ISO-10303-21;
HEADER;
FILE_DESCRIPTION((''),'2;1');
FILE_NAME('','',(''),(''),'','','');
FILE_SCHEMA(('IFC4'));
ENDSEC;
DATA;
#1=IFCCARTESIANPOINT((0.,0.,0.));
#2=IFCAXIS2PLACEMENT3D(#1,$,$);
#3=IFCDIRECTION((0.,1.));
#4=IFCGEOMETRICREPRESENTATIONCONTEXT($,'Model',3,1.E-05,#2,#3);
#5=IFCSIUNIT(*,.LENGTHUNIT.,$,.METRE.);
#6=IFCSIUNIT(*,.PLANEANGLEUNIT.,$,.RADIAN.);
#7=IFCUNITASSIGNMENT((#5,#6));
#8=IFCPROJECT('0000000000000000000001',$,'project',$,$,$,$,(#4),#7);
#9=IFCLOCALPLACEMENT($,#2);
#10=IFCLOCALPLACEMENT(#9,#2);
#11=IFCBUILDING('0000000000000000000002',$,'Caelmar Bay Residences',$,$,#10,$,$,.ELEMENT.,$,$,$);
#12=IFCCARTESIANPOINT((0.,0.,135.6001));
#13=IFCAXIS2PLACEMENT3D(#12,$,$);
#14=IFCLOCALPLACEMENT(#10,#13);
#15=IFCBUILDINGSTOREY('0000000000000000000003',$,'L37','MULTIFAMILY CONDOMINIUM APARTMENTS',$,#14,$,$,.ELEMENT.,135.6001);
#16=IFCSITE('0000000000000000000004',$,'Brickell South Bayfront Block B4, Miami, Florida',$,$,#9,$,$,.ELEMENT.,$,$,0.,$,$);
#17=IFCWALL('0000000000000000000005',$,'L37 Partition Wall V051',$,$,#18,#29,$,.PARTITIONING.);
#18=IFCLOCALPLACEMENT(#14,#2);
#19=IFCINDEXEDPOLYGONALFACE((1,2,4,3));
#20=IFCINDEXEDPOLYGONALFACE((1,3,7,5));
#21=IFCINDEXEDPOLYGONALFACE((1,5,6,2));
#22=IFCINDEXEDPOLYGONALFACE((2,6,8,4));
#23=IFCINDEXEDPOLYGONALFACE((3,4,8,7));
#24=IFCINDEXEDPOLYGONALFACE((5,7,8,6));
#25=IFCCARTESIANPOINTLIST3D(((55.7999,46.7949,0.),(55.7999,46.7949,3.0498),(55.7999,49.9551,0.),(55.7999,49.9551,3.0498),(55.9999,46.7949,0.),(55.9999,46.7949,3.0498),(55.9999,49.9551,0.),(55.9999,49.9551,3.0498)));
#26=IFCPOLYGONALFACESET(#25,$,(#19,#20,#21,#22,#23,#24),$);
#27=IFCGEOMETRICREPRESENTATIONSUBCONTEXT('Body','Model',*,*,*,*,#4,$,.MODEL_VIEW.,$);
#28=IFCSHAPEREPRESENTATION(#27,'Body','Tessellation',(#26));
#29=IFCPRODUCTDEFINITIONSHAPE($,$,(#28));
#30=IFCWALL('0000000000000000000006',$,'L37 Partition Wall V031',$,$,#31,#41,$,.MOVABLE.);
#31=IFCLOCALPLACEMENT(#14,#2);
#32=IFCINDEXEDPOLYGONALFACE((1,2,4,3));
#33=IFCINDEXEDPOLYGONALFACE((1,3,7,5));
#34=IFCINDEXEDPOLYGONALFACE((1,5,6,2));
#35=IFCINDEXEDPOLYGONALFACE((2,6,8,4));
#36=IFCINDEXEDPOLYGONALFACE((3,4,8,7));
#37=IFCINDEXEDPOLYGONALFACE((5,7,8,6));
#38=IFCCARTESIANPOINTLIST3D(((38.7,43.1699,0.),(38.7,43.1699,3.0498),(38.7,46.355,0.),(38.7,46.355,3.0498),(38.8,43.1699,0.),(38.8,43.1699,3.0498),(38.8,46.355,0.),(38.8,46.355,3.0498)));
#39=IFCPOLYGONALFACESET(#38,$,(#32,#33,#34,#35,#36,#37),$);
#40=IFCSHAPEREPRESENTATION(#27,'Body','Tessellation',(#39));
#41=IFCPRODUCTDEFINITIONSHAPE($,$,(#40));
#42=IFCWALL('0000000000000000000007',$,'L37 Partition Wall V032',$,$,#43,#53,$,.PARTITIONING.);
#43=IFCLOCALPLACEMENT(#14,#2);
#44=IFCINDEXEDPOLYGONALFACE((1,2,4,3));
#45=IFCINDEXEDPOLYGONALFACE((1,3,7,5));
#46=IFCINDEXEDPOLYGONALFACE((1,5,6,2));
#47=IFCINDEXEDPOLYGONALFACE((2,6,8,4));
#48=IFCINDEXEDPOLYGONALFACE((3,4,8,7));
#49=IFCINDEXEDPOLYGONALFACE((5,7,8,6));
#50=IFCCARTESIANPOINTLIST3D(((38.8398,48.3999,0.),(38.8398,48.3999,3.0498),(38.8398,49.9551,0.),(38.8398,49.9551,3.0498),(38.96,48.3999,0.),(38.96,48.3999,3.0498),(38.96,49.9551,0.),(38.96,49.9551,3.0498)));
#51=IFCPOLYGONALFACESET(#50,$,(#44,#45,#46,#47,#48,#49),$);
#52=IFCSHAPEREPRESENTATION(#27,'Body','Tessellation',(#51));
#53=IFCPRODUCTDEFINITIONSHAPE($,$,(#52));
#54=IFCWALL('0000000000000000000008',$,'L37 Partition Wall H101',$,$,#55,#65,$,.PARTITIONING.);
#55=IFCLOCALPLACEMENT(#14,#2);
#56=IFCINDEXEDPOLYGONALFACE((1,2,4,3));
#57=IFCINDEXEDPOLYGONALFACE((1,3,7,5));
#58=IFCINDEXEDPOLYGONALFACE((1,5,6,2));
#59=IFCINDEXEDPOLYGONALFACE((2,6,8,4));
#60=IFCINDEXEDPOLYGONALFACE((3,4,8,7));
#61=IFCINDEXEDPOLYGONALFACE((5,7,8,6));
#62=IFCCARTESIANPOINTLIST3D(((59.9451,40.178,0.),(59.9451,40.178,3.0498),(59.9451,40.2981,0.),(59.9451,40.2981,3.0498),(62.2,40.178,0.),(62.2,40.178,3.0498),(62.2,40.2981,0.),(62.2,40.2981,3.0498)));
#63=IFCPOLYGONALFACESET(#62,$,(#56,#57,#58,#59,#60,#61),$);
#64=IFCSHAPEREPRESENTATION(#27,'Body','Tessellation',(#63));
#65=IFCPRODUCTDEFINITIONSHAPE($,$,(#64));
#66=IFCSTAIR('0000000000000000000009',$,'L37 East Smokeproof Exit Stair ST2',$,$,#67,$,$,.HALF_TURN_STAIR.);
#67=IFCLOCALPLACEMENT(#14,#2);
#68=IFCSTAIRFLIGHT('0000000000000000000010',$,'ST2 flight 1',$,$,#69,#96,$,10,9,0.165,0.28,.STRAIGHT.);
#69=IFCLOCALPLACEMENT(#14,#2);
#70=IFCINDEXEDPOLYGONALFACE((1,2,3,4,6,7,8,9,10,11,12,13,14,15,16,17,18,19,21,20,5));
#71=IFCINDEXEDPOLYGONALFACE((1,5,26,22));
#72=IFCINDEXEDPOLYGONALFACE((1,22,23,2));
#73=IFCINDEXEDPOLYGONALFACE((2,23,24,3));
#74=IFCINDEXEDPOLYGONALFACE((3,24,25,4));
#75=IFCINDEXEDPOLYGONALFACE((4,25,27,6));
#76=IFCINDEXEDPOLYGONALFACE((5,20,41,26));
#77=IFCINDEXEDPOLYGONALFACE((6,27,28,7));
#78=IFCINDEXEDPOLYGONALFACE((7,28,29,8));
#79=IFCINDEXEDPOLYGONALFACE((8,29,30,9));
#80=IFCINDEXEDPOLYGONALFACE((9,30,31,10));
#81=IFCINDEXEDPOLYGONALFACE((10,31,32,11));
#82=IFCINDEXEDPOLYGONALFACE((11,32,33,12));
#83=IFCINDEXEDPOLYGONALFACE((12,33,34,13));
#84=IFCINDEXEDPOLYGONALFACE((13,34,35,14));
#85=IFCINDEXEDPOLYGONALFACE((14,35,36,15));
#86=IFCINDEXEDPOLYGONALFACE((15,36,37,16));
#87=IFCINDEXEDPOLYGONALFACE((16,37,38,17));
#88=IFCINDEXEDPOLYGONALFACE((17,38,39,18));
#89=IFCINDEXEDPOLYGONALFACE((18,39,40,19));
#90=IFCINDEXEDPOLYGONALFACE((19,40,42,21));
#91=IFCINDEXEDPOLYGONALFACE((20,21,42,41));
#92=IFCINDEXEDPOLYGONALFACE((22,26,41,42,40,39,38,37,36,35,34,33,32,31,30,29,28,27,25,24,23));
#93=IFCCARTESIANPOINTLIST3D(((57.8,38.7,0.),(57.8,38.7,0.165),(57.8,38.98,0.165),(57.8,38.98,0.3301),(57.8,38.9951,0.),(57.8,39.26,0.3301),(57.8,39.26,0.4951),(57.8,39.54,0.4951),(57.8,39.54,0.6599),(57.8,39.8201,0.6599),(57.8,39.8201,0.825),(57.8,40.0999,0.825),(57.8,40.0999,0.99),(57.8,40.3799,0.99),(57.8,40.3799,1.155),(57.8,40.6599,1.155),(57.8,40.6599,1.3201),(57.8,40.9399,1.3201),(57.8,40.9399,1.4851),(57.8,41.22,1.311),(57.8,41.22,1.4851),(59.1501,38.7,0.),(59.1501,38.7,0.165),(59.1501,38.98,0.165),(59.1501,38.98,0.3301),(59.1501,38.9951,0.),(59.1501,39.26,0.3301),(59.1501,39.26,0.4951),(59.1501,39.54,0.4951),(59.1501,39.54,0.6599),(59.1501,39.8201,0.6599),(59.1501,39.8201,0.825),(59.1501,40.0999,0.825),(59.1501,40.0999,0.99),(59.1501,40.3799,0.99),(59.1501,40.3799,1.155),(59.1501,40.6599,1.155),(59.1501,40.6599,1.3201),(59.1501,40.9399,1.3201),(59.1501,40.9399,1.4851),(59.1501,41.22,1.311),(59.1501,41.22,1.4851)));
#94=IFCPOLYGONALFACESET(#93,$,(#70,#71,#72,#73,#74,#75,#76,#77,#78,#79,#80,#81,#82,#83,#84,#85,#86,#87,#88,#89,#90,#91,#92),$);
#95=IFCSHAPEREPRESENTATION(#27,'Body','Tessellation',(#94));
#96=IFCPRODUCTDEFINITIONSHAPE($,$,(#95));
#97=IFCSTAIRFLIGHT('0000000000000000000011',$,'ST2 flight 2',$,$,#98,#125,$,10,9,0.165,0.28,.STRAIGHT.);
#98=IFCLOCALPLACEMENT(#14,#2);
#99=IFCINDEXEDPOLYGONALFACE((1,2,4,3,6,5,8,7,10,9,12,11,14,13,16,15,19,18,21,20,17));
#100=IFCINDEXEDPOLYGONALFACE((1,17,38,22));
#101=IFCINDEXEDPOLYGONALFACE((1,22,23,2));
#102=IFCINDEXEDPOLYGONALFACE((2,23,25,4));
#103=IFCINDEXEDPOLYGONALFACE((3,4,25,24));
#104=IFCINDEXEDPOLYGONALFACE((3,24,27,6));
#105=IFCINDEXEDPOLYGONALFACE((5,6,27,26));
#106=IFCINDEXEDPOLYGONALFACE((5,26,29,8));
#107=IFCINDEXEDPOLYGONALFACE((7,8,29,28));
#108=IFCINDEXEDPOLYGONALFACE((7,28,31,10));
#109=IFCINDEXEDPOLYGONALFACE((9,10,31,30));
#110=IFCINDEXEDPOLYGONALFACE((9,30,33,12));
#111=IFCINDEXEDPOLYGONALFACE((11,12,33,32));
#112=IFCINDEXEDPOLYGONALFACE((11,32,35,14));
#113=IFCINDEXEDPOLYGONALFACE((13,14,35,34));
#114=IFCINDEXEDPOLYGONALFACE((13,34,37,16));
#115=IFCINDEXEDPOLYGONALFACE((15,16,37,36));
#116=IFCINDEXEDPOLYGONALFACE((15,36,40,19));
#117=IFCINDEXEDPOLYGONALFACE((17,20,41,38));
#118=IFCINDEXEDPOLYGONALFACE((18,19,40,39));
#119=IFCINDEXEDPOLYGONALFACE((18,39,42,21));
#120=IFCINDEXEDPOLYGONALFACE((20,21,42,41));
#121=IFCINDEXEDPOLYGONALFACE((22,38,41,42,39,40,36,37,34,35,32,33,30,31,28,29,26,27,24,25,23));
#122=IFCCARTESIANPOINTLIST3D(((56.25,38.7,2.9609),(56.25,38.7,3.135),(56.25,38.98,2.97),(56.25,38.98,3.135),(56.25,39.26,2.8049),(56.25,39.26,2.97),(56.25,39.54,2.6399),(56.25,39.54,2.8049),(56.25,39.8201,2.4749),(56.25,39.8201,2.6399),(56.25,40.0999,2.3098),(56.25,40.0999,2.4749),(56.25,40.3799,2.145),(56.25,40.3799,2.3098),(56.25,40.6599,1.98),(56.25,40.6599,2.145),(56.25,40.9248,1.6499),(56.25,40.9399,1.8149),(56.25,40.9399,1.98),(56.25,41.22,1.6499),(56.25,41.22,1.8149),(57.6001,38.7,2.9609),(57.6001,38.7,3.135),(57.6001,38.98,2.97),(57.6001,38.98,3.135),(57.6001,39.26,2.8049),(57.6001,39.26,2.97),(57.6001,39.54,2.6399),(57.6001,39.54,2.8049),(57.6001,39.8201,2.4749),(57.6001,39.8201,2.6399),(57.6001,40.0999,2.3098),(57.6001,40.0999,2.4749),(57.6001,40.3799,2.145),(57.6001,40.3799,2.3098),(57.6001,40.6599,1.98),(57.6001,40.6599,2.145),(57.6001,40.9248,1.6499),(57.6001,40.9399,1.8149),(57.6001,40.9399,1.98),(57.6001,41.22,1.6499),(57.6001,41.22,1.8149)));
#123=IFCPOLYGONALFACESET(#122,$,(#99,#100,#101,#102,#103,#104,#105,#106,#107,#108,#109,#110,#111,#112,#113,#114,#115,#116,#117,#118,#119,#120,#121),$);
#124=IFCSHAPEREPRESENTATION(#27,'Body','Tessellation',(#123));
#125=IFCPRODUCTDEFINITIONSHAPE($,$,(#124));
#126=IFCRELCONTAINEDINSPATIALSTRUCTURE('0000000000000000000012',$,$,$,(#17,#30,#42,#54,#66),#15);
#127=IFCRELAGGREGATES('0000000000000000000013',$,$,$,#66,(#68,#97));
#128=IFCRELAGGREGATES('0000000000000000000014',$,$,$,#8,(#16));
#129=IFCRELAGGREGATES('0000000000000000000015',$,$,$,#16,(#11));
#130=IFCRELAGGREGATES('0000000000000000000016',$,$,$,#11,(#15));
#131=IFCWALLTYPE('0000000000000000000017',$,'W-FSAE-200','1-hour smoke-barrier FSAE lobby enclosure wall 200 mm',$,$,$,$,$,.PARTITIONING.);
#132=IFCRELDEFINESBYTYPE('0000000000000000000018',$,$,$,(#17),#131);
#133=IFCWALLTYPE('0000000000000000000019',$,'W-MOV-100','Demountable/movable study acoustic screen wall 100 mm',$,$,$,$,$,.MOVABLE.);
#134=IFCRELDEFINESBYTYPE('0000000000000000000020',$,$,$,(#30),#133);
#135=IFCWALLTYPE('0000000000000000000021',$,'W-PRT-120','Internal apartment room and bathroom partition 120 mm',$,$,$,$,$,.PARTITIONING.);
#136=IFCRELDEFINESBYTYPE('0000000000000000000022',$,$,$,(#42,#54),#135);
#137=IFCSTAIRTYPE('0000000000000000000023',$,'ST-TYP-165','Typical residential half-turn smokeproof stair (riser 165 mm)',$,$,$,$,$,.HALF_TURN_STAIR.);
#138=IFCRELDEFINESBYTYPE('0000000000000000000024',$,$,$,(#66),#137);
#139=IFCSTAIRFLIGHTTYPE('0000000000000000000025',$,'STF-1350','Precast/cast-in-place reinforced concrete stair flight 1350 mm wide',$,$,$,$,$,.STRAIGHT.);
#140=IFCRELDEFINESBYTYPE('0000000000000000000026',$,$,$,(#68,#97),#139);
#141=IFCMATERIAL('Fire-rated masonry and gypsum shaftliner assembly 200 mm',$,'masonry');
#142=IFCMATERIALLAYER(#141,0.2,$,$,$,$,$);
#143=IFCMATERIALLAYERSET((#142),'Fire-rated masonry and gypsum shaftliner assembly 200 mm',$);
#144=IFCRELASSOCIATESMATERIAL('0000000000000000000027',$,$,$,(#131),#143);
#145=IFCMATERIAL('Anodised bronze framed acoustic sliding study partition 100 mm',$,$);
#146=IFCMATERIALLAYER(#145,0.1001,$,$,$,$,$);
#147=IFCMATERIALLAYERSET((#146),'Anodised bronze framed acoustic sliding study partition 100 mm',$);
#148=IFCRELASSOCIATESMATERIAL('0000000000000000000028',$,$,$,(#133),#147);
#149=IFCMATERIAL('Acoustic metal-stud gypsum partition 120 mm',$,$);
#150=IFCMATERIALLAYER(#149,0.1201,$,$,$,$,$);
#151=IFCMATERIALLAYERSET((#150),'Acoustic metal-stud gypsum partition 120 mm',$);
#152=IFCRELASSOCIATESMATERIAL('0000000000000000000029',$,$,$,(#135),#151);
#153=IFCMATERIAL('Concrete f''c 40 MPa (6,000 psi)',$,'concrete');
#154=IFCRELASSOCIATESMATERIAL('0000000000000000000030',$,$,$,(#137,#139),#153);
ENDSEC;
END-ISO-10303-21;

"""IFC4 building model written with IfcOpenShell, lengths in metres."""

from ifc_helpers import new_model, si_unit, direction, frame, frame_2d, origin, place, context, subcontext, project, spatial, polyline, rectangle, outline, extrude, material, layer, layer_set, type_object, element, aggregate, save


model = new_model("IFC4")

# Units and contexts
model_context = context("Model", 3, precision=1e-05, world=origin(), true_north=direction((0.0, 1.0)))
body_context = subcontext(model_context, "Body", "Model", "MODEL_VIEW")
ifc_project = project(units=[si_unit("LENGTHUNIT", "METRE"), si_unit("PLANEANGLEUNIT", "RADIAN")], contexts=[model_context])

# Site, building, storey
site_placement = place(None, origin())
site = spatial("IfcSite", under=ifc_project, at=site_placement, Name="Brickell South Bayfront Block B4, Miami, Florida", CompositionType="ELEMENT", RefElevation=0.0)
building_placement = place(site_placement, origin())
building = spatial("IfcBuilding", under=site, at=building_placement, Name="Caelmar Bay Residences", CompositionType="ELEMENT")
storey_placement = place(building_placement, frame((0.0, 0.0, 135.6001)))
storey = spatial("IfcBuildingStorey", under=building, at=storey_placement, Name="L37", Description="MULTIFAMILY CONDOMINIUM APARTMENTS", CompositionType="ELEMENT", Elevation=135.6001)

# Walls
ifc_material_1 = material(Name="Fire-rated masonry and gypsum shaftliner assembly 200 mm", Category="masonry")
ifc_layer_1 = layer(ifc_material_1, 0.2)
ifc_layer_set_1 = layer_set([ifc_layer_1], Name="Fire-rated masonry and gypsum shaftliner assembly 200 mm")
wall_type_1 = type_object("IfcWallType", Name="W-FSAE-200", Description="1-hour smoke-barrier FSAE lobby enclosure wall 200 mm", PredefinedType="PARTITIONING", material=ifc_layer_set_1)
wall_1_placement = place(storey_placement, frame((55.8999, 46.7949, 0.0), z_axis=(0.0, 0.0, 1.0), x_axis=(0.0, 1.0, 0.0)))
element("IfcWall", 1, at=wall_1_placement, inside=storey, type_object=wall_type_1, Name="L37 Partition Wall V051", PredefinedType="PARTITIONING", context=body_context, shape_type="SweptSolid", body=[
    extrude(rectangle(XDim=3.1602, YDim=0.2, at=frame_2d((1.5801, 0.0))), origin(), (0.0, 0.0, 1.0), 3.0498),
])
ifc_material_2 = material(Name="Anodised bronze framed acoustic sliding study partition 100 mm")
ifc_layer_2 = layer(ifc_material_2, 0.1001)
ifc_layer_set_2 = layer_set([ifc_layer_2], Name="Anodised bronze framed acoustic sliding study partition 100 mm")
wall_type_2 = type_object("IfcWallType", Name="W-MOV-100", Description="Demountable/movable study acoustic screen wall 100 mm", PredefinedType="MOVABLE", material=ifc_layer_set_2)
wall_2_placement = place(storey_placement, frame((38.75, 43.1699, 0.0), z_axis=(0.0, 0.0, 1.0), x_axis=(0.0, 1.0, 0.0)))
element("IfcWall", 2, at=wall_2_placement, inside=storey, type_object=wall_type_2, Name="L37 Partition Wall V031", PredefinedType="MOVABLE", context=body_context, shape_type="SweptSolid", body=[
    extrude(rectangle(XDim=3.1851, YDim=0.1001, at=frame_2d((1.5925, 0.0))), origin(), (0.0, 0.0, 1.0), 3.0498),
])
ifc_material_3 = material(Name="Acoustic metal-stud gypsum partition 120 mm")
ifc_layer_3 = layer(ifc_material_3, 0.1201)
ifc_layer_set_3 = layer_set([ifc_layer_3], Name="Acoustic metal-stud gypsum partition 120 mm")
wall_type_3 = type_object("IfcWallType", Name="W-PRT-120", Description="Internal apartment room and bathroom partition 120 mm", PredefinedType="PARTITIONING", material=ifc_layer_set_3)
wall_3_placement = place(storey_placement, frame((38.8999, 48.3999, 0.0), z_axis=(0.0, 0.0, 1.0), x_axis=(0.0, 1.0, 0.0)))
element("IfcWall", 3, at=wall_3_placement, inside=storey, type_object=wall_type_3, Name="L37 Partition Wall V032", PredefinedType="PARTITIONING", context=body_context, shape_type="SweptSolid", body=[
    extrude(rectangle(XDim=1.5552, YDim=0.1201, at=frame_2d((0.7776, 0.0))), origin(), (0.0, 0.0, 1.0), 3.0498),
])
wall_4_placement = place(storey_placement, frame((59.9451, 40.238, 0.0), z_axis=(0.0, 0.0, 1.0), x_axis=(1.0, 0.0, 0.0)))
element("IfcWall", 4, at=wall_4_placement, inside=storey, type_object=wall_type_3, Name="L37 Partition Wall H101", PredefinedType="PARTITIONING", context=body_context, shape_type="SweptSolid", body=[
    extrude(rectangle(XDim=2.2549, YDim=0.1201, at=frame_2d((1.1274, 0.0))), origin(), (0.0, 0.0, 1.0), 3.0498),
])

# Stair, stair flights
ifc_material_4 = material(Name="Concrete f'c 40 MPa (6,000 psi)", Category="concrete")
stair_type = type_object("IfcStairType", Name="ST-TYP-165", Description="Typical residential half-turn smokeproof stair (riser 165 mm)", PredefinedType="HALF_TURN_STAIR", material=ifc_material_4)
stair_placement = place(storey_placement, origin())
stair = element("IfcStair", 5, at=stair_placement, inside=storey, type_object=stair_type, Name="L37 East Smokeproof Exit Stair ST2", PredefinedType="HALF_TURN_STAIR")
stair_flight_type = type_object("IfcStairFlightType", Name="STF-1350", Description="Precast/cast-in-place reinforced concrete stair flight 1350 mm wide", PredefinedType="STRAIGHT", material=ifc_material_4)
stair_flight_1_placement = place(storey_placement, frame((58.4751, 38.7, 0.0), z_axis=(0.0, 0.0, 1.0), x_axis=(0.0, 1.0, 0.0)))
stair_flight_1 = element("IfcStairFlight", 6, at=stair_flight_1_placement, type_object=stair_flight_type, Name="ST2 flight 1", NumberOfRisers=10, NumberOfTreads=9, PredefinedType="STRAIGHT", RiserHeight=0.165, TreadLength=0.28, context=body_context, shape_type="SweptSolid", body=[
    extrude(outline(polyline([(0.0, 0.0), (0.0, 0.165), (0.28, 0.165), (0.28, 0.3301), (0.5601, 0.3301), (0.5601, 0.4951), (0.8401, 0.4951), (0.8401, 0.6599), (1.1201, 0.6599), (1.1201, 0.825), (1.3999, 0.825), (1.3999, 0.99), (1.6799, 0.99), (1.6799, 1.155), (1.96, 1.155), (1.96, 1.3201), (2.24, 1.3201), (2.24, 1.4851), (2.52, 1.4851), (2.52, 1.6499), (2.52, 1.311), (0.2952, 0.0), (0.0, 0.0)])), frame((0.0, 0.675, 0.0), z_axis=(0.0, -1.0, 0.0), x_axis=(1.0, 0.0, 0.0)), (0.0, 0.0, 1.0), 1.3501),
])
stair_flight_2_placement = place(storey_placement, frame((56.925, 41.22, 1.6499), z_axis=(0.0, 0.0, 1.0), x_axis=(0.0, -1.0, 0.0)))
stair_flight_2 = element("IfcStairFlight", 7, at=stair_flight_2_placement, type_object=stair_flight_type, Name="ST2 flight 2", NumberOfRisers=10, NumberOfTreads=9, PredefinedType="STRAIGHT", RiserHeight=0.165, TreadLength=0.28, context=body_context, shape_type="SweptSolid", body=[
    extrude(outline(polyline([(0.0, 0.0), (0.0, 0.165), (0.28, 0.165), (0.28, 0.3301), (0.5601, 0.3301), (0.5601, 0.4951), (0.8401, 0.4951), (0.8401, 0.6599), (1.1201, 0.6599), (1.1201, 0.825), (1.3999, 0.825), (1.3999, 0.99), (1.6799, 0.99), (1.6799, 1.155), (1.96, 1.155), (1.96, 1.3201), (2.24, 1.3201), (2.24, 1.4851), (2.52, 1.4851), (2.52, 1.6499), (2.52, 1.311), (0.2952, 0.0), (0.0, 0.0)])), frame((0.0, 0.675, 0.0), z_axis=(0.0, -1.0, 0.0), x_axis=(1.0, 0.0, 0.0)), (0.0, 0.0, 1.0), 1.3501),
])
aggregate(stair, [stair_flight_1, stair_flight_2])

save(model, "model.ifc")
